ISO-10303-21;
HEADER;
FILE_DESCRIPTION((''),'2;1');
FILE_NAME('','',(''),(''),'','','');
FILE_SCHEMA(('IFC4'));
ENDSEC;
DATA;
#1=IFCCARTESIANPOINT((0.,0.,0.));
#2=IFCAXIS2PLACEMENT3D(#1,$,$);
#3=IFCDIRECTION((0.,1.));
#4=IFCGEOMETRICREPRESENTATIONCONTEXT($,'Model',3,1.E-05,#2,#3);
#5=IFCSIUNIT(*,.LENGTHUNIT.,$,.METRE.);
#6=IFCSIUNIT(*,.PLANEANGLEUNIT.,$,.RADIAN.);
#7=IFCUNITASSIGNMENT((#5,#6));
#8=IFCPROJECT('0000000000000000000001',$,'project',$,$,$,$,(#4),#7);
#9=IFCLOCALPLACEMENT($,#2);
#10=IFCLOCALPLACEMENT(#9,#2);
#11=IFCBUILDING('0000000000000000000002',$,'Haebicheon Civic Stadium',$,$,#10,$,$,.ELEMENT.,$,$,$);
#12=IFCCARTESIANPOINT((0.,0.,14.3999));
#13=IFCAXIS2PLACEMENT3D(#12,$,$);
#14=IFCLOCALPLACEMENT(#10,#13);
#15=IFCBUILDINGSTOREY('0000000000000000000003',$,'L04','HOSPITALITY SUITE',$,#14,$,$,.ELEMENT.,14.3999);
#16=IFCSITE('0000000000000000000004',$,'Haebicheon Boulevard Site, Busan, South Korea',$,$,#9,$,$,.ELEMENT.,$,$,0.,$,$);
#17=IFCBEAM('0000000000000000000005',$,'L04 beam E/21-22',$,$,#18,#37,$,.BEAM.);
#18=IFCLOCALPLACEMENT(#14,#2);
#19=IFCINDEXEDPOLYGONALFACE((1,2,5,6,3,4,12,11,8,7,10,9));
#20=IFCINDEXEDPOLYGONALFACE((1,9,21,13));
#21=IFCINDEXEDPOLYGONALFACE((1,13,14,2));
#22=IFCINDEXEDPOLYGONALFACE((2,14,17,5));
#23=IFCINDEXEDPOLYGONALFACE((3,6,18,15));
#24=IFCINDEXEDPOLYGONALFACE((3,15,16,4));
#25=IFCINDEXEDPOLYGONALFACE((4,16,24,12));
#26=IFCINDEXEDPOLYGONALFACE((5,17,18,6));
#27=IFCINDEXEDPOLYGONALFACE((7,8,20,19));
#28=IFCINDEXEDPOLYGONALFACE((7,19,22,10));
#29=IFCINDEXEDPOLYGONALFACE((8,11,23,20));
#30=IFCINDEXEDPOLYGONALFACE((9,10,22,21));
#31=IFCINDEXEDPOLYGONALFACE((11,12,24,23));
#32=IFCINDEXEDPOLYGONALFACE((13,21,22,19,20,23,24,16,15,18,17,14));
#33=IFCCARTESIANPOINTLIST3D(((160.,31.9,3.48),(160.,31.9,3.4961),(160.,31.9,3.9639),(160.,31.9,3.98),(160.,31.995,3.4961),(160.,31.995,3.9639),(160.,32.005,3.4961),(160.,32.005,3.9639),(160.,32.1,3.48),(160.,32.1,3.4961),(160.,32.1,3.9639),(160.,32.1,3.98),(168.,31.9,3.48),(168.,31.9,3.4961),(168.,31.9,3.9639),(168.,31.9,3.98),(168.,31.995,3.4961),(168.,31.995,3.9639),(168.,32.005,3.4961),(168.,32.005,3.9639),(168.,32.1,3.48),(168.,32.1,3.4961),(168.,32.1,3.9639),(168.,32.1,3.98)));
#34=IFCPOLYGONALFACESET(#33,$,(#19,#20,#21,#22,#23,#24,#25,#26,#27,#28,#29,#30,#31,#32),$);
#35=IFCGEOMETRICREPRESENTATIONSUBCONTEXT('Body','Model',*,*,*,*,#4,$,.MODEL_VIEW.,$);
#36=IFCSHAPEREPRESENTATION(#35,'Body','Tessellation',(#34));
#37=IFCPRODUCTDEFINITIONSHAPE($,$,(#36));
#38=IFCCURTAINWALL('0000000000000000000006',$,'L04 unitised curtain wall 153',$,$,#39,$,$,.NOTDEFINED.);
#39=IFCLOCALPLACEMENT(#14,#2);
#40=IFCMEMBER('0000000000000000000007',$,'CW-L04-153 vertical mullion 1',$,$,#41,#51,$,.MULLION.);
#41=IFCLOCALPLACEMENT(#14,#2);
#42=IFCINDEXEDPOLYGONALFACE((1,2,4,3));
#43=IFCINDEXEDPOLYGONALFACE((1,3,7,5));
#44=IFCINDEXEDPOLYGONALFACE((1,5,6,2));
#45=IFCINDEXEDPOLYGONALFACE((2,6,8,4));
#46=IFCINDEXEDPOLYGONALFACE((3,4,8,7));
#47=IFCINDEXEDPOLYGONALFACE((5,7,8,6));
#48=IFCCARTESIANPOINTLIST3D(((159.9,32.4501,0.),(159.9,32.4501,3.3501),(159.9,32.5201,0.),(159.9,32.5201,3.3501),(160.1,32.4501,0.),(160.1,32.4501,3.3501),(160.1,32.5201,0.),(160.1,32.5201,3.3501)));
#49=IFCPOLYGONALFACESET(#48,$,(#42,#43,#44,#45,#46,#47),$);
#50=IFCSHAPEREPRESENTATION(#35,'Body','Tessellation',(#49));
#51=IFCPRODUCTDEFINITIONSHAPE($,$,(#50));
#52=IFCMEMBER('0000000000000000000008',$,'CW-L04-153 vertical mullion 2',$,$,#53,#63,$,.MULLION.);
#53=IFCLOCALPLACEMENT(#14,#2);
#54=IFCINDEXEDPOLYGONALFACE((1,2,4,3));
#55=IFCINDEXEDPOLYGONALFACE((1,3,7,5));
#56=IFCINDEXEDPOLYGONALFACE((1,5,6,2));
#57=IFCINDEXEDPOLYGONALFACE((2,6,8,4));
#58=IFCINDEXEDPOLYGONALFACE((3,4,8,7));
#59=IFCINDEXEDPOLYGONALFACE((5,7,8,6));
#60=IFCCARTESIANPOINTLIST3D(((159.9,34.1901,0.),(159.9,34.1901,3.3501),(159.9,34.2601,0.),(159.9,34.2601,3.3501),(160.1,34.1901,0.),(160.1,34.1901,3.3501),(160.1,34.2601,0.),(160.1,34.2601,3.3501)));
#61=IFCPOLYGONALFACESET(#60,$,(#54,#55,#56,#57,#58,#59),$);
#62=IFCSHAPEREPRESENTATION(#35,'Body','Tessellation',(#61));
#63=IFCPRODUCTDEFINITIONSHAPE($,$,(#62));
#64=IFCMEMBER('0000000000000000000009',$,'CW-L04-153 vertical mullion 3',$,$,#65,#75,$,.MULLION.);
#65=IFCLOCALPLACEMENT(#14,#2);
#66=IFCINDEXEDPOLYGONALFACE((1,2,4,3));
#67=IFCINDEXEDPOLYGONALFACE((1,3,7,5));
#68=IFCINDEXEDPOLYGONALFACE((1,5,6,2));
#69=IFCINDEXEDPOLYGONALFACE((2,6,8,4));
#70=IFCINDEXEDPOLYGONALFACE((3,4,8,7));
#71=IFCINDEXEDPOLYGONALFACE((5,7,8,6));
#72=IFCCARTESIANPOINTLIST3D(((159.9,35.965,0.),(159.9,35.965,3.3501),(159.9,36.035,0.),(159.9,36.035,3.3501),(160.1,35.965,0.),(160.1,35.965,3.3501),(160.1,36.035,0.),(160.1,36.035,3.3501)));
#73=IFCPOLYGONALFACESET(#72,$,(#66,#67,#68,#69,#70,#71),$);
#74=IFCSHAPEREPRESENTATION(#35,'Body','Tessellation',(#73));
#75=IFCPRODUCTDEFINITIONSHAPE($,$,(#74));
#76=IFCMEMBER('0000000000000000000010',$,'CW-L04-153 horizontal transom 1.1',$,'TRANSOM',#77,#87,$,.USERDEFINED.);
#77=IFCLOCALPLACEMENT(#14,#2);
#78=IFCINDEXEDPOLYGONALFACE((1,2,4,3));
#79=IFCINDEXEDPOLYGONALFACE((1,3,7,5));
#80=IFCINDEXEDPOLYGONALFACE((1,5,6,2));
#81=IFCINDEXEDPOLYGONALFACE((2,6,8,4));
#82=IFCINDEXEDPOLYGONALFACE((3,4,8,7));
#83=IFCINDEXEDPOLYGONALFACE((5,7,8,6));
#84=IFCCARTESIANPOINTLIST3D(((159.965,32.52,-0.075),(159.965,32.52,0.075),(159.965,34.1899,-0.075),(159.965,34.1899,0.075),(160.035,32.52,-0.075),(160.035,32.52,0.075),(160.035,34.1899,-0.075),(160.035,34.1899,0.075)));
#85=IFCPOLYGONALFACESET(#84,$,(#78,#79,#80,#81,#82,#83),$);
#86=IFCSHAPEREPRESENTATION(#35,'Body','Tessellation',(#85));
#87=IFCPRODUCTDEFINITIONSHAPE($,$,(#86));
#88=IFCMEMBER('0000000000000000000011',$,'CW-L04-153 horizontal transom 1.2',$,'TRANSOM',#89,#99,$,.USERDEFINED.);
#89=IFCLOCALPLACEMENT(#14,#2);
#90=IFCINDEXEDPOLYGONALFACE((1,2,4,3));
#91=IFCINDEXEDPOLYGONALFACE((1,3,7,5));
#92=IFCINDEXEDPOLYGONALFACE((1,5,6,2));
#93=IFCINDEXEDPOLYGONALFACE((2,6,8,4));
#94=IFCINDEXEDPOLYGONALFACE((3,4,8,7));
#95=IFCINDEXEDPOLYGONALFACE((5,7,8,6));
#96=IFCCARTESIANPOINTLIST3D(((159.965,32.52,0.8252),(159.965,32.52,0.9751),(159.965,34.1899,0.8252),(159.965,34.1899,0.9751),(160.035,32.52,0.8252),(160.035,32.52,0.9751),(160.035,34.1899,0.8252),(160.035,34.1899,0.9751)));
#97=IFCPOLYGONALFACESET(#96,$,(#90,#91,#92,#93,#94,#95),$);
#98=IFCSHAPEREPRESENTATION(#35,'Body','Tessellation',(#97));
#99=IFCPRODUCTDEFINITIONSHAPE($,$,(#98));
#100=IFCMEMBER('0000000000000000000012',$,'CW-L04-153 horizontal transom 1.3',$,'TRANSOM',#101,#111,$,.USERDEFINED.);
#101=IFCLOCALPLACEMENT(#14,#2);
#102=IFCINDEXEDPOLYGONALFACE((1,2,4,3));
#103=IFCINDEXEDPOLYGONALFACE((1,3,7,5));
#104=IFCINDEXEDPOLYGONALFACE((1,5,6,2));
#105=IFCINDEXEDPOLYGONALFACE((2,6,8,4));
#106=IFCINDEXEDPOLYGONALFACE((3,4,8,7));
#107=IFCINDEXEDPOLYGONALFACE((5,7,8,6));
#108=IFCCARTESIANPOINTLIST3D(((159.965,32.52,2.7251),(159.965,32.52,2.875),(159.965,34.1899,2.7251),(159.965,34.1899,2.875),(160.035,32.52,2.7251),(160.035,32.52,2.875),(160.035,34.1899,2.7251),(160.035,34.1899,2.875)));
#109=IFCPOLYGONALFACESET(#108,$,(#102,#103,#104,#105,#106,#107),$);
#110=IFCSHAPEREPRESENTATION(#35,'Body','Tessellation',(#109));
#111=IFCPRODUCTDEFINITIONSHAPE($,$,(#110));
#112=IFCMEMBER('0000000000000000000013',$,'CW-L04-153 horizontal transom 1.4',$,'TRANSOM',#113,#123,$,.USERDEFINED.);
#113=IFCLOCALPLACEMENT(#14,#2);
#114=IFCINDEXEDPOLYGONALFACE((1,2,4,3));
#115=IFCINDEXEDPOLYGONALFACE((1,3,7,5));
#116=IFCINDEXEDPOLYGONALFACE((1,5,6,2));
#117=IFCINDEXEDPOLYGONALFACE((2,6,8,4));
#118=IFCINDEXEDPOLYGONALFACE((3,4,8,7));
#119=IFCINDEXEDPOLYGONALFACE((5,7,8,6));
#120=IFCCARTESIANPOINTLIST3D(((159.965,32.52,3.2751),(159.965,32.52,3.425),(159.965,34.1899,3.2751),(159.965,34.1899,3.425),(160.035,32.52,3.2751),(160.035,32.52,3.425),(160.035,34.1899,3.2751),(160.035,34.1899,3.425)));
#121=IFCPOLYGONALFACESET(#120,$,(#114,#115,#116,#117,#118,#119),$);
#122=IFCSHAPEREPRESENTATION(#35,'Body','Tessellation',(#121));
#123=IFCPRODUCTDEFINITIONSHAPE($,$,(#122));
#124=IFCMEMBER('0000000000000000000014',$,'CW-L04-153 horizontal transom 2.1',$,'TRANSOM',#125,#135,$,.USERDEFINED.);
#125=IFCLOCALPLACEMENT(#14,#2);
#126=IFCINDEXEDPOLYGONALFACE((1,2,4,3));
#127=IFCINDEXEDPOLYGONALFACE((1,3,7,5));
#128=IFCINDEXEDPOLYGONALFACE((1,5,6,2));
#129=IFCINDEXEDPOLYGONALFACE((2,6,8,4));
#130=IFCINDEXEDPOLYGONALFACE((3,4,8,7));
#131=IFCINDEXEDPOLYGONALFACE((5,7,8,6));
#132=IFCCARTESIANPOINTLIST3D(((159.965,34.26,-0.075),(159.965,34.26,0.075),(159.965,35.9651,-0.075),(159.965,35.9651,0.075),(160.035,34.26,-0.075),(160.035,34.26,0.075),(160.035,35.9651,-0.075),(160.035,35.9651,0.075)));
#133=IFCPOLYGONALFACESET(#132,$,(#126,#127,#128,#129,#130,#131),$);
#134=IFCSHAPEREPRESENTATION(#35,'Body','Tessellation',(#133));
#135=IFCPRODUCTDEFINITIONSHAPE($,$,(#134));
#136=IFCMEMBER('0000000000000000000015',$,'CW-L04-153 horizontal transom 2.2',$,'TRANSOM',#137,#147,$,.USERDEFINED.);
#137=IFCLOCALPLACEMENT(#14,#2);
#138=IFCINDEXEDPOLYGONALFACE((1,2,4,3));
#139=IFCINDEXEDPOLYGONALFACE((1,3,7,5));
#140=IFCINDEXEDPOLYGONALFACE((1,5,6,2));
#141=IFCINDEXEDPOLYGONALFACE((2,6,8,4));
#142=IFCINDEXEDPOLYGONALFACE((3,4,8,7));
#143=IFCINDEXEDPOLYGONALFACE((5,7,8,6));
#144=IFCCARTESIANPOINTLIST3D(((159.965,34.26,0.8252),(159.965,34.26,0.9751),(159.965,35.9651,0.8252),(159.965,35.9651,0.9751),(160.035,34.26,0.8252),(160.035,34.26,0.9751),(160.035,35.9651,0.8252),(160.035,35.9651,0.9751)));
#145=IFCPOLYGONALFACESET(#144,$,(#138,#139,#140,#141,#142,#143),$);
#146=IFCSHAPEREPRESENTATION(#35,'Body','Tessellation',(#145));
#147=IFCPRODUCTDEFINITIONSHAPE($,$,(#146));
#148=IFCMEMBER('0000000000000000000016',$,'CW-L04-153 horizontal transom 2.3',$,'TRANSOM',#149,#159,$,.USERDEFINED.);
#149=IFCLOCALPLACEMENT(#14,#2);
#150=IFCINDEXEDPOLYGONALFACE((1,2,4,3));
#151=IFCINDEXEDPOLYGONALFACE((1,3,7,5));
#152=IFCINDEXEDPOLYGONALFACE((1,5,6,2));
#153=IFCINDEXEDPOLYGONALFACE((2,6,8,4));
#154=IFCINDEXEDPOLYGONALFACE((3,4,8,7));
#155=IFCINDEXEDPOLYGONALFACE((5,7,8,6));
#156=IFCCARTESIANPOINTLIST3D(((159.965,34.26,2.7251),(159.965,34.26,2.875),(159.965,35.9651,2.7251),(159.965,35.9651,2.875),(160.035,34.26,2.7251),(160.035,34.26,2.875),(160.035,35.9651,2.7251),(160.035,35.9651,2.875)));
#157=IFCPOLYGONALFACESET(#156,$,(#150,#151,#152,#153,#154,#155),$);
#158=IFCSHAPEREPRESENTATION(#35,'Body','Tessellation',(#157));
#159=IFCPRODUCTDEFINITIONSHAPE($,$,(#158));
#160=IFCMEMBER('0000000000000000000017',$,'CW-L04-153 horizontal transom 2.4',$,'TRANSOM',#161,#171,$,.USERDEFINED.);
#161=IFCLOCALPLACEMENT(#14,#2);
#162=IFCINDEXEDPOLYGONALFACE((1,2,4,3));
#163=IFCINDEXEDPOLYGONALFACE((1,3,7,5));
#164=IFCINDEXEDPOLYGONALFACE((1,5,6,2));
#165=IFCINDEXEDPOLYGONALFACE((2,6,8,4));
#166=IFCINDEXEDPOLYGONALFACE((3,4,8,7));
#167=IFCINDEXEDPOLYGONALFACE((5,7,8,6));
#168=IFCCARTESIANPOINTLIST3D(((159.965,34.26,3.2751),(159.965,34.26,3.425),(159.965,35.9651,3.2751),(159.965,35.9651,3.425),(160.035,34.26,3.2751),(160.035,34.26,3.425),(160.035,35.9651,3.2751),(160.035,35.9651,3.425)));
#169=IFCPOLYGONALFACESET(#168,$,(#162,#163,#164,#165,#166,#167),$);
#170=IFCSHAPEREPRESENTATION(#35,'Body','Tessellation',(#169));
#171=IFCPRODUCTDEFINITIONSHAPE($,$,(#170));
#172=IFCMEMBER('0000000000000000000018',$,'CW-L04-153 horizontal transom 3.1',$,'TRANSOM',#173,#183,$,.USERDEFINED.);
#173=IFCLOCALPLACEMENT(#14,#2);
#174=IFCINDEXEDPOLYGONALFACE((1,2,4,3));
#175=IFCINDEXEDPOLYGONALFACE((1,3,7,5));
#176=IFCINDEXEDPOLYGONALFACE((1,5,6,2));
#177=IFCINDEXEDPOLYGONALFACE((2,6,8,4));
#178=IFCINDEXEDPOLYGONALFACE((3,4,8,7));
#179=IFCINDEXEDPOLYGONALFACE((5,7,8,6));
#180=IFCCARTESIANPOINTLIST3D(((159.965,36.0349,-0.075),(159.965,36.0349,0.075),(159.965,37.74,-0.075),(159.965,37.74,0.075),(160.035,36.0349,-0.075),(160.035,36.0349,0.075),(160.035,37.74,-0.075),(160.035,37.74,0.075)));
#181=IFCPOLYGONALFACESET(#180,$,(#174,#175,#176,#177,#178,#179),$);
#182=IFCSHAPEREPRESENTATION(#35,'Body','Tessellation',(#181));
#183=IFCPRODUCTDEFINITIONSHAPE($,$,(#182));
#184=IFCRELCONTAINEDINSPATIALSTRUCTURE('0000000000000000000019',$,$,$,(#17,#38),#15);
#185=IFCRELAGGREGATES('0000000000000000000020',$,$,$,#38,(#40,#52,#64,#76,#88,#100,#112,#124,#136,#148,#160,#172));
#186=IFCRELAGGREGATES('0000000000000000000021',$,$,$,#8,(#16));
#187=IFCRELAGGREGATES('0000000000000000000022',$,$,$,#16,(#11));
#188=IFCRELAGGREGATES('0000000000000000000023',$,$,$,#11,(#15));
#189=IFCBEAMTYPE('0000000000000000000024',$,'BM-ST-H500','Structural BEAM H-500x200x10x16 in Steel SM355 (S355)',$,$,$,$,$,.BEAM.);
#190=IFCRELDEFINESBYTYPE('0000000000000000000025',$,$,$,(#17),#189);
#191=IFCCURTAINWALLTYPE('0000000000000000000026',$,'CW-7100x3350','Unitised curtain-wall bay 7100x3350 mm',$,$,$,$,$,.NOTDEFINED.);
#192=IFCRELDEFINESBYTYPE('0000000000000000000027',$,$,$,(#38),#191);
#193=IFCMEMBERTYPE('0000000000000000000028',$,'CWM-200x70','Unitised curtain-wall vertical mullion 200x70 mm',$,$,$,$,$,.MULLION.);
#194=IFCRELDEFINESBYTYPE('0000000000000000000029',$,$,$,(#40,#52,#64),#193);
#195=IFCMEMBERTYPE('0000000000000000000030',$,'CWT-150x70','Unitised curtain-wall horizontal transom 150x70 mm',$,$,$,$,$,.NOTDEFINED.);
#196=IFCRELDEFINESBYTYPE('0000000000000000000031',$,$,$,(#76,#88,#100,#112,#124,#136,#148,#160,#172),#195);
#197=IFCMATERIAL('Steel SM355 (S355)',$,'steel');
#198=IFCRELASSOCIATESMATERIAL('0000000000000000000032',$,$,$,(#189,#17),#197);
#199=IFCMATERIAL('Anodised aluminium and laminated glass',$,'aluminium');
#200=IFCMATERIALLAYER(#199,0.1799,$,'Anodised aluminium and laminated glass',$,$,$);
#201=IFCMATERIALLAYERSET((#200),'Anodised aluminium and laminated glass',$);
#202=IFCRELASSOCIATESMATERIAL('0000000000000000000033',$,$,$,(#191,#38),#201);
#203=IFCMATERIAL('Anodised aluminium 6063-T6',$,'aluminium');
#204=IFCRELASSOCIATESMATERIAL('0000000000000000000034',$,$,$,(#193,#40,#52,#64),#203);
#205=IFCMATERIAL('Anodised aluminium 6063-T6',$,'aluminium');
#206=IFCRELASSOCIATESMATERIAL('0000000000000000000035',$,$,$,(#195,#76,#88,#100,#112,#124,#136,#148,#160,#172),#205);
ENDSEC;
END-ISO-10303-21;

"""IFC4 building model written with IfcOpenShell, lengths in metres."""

from ifc_helpers import new_model, si_unit, direction, frame, origin, origin_2d, place, context, subcontext, project, spatial, rectangle, i_section, extrude, material, layer, layer_set, material_profile, profile_set, type_object, element, aggregate, save


model = new_model("IFC4")

# Units and contexts
model_context = context("Model", 3, precision=1e-05, world=origin(), true_north=direction((0.0, 1.0)))
body_context = subcontext(model_context, "Body", "Model", "MODEL_VIEW")
ifc_project = project(units=[si_unit("LENGTHUNIT", "METRE"), si_unit("PLANEANGLEUNIT", "RADIAN")], contexts=[model_context])

# Site, building, storey
site_placement = place(None, origin())
site = spatial("IfcSite", under=ifc_project, at=site_placement, Name="Haebicheon Boulevard Site, Busan, South Korea", CompositionType="ELEMENT", RefElevation=0.0)
building_placement = place(site_placement, origin())
building = spatial("IfcBuilding", under=site, at=building_placement, Name="Haebicheon Civic Stadium", CompositionType="ELEMENT")
storey_placement = place(building_placement, frame((0.0, 0.0, 14.3999)))
storey = spatial("IfcBuildingStorey", under=building, at=storey_placement, Name="L04", Description="HOSPITALITY SUITE", CompositionType="ELEMENT", Elevation=14.3999)

# Beam
ifc_material_1 = material(Name="Steel SM355 (S355)", Category="steel")
ifc_material_profile_1 = material_profile(ifc_material_1, i_section(OverallWidth=0.2, OverallDepth=0.5, WebThickness=0.01, FlangeThickness=0.0161, at=origin_2d()), Name="H-500x200x10x16")
ifc_profile_set_1 = profile_set([ifc_material_profile_1], Name="Steel SM355 (S355)")
beam_type_1 = type_object("IfcBeamType", Name="BM-ST-H500", Description="Structural BEAM H-500x200x10x16 in Steel SM355 (S355)", PredefinedType="BEAM", material=ifc_profile_set_1)
beam_1_placement = place(storey_placement, frame((160.0, 32.0, 3.73), z_axis=(1.0, 0.0, 0.0), x_axis=(0.0, 1.0, 0.0)))
element("IfcBeam", 1, at=beam_1_placement, inside=storey, type_object=beam_type_1, material=ifc_profile_set_1, Name="L04 beam E/21-22", PredefinedType="BEAM", context=body_context, shape_type="SweptSolid", body=[
    extrude(i_section(OverallWidth=0.2, OverallDepth=0.5, WebThickness=0.01, FlangeThickness=0.0161, at=origin_2d()), origin(), (0.0, 0.0, 1.0), 8.0),
])

# Curtain wall, members
ifc_material_2 = material(Name="Anodised aluminium and laminated glass", Category="aluminium")
ifc_layer_1 = layer(ifc_material_2, 0.1799, Name="Anodised aluminium and laminated glass")
ifc_layer_set_1 = layer_set([ifc_layer_1], Name="Anodised aluminium and laminated glass")
curtain_wall_type = type_object("IfcCurtainWallType", Name="CW-7100x3350", Description="Unitised curtain-wall bay 7100x3350 mm", PredefinedType="NOTDEFINED", material=ifc_layer_set_1)
curtain_wall_placement = place(storey_placement, origin())
curtain_wall = element("IfcCurtainWall", 2, at=curtain_wall_placement, inside=storey, type_object=curtain_wall_type, material=ifc_layer_set_1, Name="L04 unitised curtain wall 153", PredefinedType="NOTDEFINED")
ifc_material_3 = material(Name="Anodised aluminium 6063-T6", Category="aluminium")
ifc_material_profile_2 = material_profile(ifc_material_3, rectangle(XDim=0.0701, YDim=0.2, at=origin_2d()), Name="ALU-MULL-70x200")
ifc_profile_set_2 = profile_set([ifc_material_profile_2], Name="Anodised aluminium 6063-T6")
member_type_1 = type_object("IfcMemberType", Name="CWM-200x70", Description="Unitised curtain-wall vertical mullion 200x70 mm", PredefinedType="MULLION", material=ifc_profile_set_2)
member_1_placement = place(storey_placement, frame((160.0, 32.4851, 0.0), z_axis=(0.0, 0.0, 1.0), x_axis=(0.0, 1.0, 0.0)))
member_1 = element("IfcMember", 3, at=member_1_placement, type_object=member_type_1, material=ifc_profile_set_2, Name="CW-L04-153 vertical mullion 1", PredefinedType="MULLION", context=body_context, shape_type="SweptSolid", body=[
    extrude(rectangle(XDim=0.0701, YDim=0.2, at=origin_2d()), origin(), (0.0, 0.0, 1.0), 3.3501),
])
member_2_placement = place(storey_placement, frame((160.0, 34.2251, 0.0), z_axis=(0.0, 0.0, 1.0), x_axis=(0.0, 1.0, 0.0)))
member_2 = element("IfcMember", 4, at=member_2_placement, type_object=member_type_1, material=ifc_profile_set_2, Name="CW-L04-153 vertical mullion 2", PredefinedType="MULLION", context=body_context, shape_type="SweptSolid", body=[
    extrude(rectangle(XDim=0.0701, YDim=0.2, at=origin_2d()), origin(), (0.0, 0.0, 1.0), 3.3501),
])
member_3_placement = place(storey_placement, frame((160.0, 36.0, 0.0), z_axis=(0.0, 0.0, 1.0), x_axis=(0.0, 1.0, 0.0)))
member_3 = element("IfcMember", 5, at=member_3_placement, type_object=member_type_1, material=ifc_profile_set_2, Name="CW-L04-153 vertical mullion 3", PredefinedType="MULLION", context=body_context, shape_type="SweptSolid", body=[
    extrude(rectangle(XDim=0.0701, YDim=0.2, at=origin_2d()), origin(), (0.0, 0.0, 1.0), 3.3501),
])
ifc_material_4 = material(Name="Anodised aluminium 6063-T6", Category="aluminium")
ifc_material_profile_3 = material_profile(ifc_material_4, rectangle(XDim=0.0701, YDim=0.1499, at=origin_2d()), Name="ALU-TRAN-70x150")
ifc_profile_set_3 = profile_set([ifc_material_profile_3], Name="Anodised aluminium 6063-T6")
member_type_2 = type_object("IfcMemberType", Name="CWT-150x70", Description="Unitised curtain-wall horizontal transom 150x70 mm", PredefinedType="NOTDEFINED", material=ifc_profile_set_3)
member_4_placement = place(storey_placement, frame((160.0, 32.52, 0.0), z_axis=(0.0, 1.0, 0.0), x_axis=(-1.0, 0.0, 0.0)))
member_4 = element("IfcMember", 6, at=member_4_placement, type_object=member_type_2, material=ifc_profile_set_3, Name="CW-L04-153 horizontal transom 1.1", ObjectType="TRANSOM", PredefinedType="USERDEFINED", context=body_context, shape_type="SweptSolid", body=[
    extrude(rectangle(XDim=0.0701, YDim=0.1499, at=origin_2d()), origin(), (0.0, 0.0, 1.0), 1.6699),
])
member_5_placement = place(storey_placement, frame((160.0, 32.52, 0.9001), z_axis=(0.0, 1.0, 0.0), x_axis=(-1.0, 0.0, 0.0)))
member_5 = element("IfcMember", 7, at=member_5_placement, type_object=member_type_2, material=ifc_profile_set_3, Name="CW-L04-153 horizontal transom 1.2", ObjectType="TRANSOM", PredefinedType="USERDEFINED", context=body_context, shape_type="SweptSolid", body=[
    extrude(rectangle(XDim=0.0701, YDim=0.1499, at=origin_2d()), origin(), (0.0, 0.0, 1.0), 1.6699),
])
member_6_placement = place(storey_placement, frame((160.0, 32.52, 2.8), z_axis=(0.0, 1.0, 0.0), x_axis=(-1.0, 0.0, 0.0)))
member_6 = element("IfcMember", 8, at=member_6_placement, type_object=member_type_2, material=ifc_profile_set_3, Name="CW-L04-153 horizontal transom 1.3", ObjectType="TRANSOM", PredefinedType="USERDEFINED", context=body_context, shape_type="SweptSolid", body=[
    extrude(rectangle(XDim=0.0701, YDim=0.1499, at=origin_2d()), origin(), (0.0, 0.0, 1.0), 1.6699),
])
member_7_placement = place(storey_placement, frame((160.0, 32.52, 3.3501), z_axis=(0.0, 1.0, 0.0), x_axis=(-1.0, 0.0, 0.0)))
member_7 = element("IfcMember", 9, at=member_7_placement, type_object=member_type_2, material=ifc_profile_set_3, Name="CW-L04-153 horizontal transom 1.4", ObjectType="TRANSOM", PredefinedType="USERDEFINED", context=body_context, shape_type="SweptSolid", body=[
    extrude(rectangle(XDim=0.0701, YDim=0.1499, at=origin_2d()), origin(), (0.0, 0.0, 1.0), 1.6699),
])
member_8_placement = place(storey_placement, frame((160.0, 34.26, 0.0), z_axis=(0.0, 1.0, 0.0), x_axis=(-1.0, 0.0, 0.0)))
member_8 = element("IfcMember", 10, at=member_8_placement, type_object=member_type_2, material=ifc_profile_set_3, Name="CW-L04-153 horizontal transom 2.1", ObjectType="TRANSOM", PredefinedType="USERDEFINED", context=body_context, shape_type="SweptSolid", body=[
    extrude(rectangle(XDim=0.0701, YDim=0.1499, at=origin_2d()), origin(), (0.0, 0.0, 1.0), 1.7051),
])
member_9_placement = place(storey_placement, frame((160.0, 34.26, 0.9001), z_axis=(0.0, 1.0, 0.0), x_axis=(-1.0, 0.0, 0.0)))
member_9 = element("IfcMember", 11, at=member_9_placement, type_object=member_type_2, material=ifc_profile_set_3, Name="CW-L04-153 horizontal transom 2.2", ObjectType="TRANSOM", PredefinedType="USERDEFINED", context=body_context, shape_type="SweptSolid", body=[
    extrude(rectangle(XDim=0.0701, YDim=0.1499, at=origin_2d()), origin(), (0.0, 0.0, 1.0), 1.7051),
])
member_10_placement = place(storey_placement, frame((160.0, 34.26, 2.8), z_axis=(0.0, 1.0, 0.0), x_axis=(-1.0, 0.0, 0.0)))
member_10 = element("IfcMember", 12, at=member_10_placement, type_object=member_type_2, material=ifc_profile_set_3, Name="CW-L04-153 horizontal transom 2.3", ObjectType="TRANSOM", PredefinedType="USERDEFINED", context=body_context, shape_type="SweptSolid", body=[
    extrude(rectangle(XDim=0.0701, YDim=0.1499, at=origin_2d()), origin(), (0.0, 0.0, 1.0), 1.7051),
])
member_11_placement = place(storey_placement, frame((160.0, 34.26, 3.3501), z_axis=(0.0, 1.0, 0.0), x_axis=(-1.0, 0.0, 0.0)))
member_11 = element("IfcMember", 13, at=member_11_placement, type_object=member_type_2, material=ifc_profile_set_3, Name="CW-L04-153 horizontal transom 2.4", ObjectType="TRANSOM", PredefinedType="USERDEFINED", context=body_context, shape_type="SweptSolid", body=[
    extrude(rectangle(XDim=0.0701, YDim=0.1499, at=origin_2d()), origin(), (0.0, 0.0, 1.0), 1.7051),
])
member_12_placement = place(storey_placement, frame((160.0, 36.0349, 0.0), z_axis=(0.0, 1.0, 0.0), x_axis=(-1.0, 0.0, 0.0)))
member_12 = element("IfcMember", 14, at=member_12_placement, type_object=member_type_2, material=ifc_profile_set_3, Name="CW-L04-153 horizontal transom 3.1", ObjectType="TRANSOM", PredefinedType="USERDEFINED", context=body_context, shape_type="SweptSolid", body=[
    extrude(rectangle(XDim=0.0701, YDim=0.1499, at=origin_2d()), origin(), (0.0, 0.0, 1.0), 1.7051),
])

aggregate(curtain_wall, [member_1, member_2, member_3, member_4, member_5, member_6, member_7, member_8, member_9, member_10, member_11, member_12])

save(model, "model.ifc")
